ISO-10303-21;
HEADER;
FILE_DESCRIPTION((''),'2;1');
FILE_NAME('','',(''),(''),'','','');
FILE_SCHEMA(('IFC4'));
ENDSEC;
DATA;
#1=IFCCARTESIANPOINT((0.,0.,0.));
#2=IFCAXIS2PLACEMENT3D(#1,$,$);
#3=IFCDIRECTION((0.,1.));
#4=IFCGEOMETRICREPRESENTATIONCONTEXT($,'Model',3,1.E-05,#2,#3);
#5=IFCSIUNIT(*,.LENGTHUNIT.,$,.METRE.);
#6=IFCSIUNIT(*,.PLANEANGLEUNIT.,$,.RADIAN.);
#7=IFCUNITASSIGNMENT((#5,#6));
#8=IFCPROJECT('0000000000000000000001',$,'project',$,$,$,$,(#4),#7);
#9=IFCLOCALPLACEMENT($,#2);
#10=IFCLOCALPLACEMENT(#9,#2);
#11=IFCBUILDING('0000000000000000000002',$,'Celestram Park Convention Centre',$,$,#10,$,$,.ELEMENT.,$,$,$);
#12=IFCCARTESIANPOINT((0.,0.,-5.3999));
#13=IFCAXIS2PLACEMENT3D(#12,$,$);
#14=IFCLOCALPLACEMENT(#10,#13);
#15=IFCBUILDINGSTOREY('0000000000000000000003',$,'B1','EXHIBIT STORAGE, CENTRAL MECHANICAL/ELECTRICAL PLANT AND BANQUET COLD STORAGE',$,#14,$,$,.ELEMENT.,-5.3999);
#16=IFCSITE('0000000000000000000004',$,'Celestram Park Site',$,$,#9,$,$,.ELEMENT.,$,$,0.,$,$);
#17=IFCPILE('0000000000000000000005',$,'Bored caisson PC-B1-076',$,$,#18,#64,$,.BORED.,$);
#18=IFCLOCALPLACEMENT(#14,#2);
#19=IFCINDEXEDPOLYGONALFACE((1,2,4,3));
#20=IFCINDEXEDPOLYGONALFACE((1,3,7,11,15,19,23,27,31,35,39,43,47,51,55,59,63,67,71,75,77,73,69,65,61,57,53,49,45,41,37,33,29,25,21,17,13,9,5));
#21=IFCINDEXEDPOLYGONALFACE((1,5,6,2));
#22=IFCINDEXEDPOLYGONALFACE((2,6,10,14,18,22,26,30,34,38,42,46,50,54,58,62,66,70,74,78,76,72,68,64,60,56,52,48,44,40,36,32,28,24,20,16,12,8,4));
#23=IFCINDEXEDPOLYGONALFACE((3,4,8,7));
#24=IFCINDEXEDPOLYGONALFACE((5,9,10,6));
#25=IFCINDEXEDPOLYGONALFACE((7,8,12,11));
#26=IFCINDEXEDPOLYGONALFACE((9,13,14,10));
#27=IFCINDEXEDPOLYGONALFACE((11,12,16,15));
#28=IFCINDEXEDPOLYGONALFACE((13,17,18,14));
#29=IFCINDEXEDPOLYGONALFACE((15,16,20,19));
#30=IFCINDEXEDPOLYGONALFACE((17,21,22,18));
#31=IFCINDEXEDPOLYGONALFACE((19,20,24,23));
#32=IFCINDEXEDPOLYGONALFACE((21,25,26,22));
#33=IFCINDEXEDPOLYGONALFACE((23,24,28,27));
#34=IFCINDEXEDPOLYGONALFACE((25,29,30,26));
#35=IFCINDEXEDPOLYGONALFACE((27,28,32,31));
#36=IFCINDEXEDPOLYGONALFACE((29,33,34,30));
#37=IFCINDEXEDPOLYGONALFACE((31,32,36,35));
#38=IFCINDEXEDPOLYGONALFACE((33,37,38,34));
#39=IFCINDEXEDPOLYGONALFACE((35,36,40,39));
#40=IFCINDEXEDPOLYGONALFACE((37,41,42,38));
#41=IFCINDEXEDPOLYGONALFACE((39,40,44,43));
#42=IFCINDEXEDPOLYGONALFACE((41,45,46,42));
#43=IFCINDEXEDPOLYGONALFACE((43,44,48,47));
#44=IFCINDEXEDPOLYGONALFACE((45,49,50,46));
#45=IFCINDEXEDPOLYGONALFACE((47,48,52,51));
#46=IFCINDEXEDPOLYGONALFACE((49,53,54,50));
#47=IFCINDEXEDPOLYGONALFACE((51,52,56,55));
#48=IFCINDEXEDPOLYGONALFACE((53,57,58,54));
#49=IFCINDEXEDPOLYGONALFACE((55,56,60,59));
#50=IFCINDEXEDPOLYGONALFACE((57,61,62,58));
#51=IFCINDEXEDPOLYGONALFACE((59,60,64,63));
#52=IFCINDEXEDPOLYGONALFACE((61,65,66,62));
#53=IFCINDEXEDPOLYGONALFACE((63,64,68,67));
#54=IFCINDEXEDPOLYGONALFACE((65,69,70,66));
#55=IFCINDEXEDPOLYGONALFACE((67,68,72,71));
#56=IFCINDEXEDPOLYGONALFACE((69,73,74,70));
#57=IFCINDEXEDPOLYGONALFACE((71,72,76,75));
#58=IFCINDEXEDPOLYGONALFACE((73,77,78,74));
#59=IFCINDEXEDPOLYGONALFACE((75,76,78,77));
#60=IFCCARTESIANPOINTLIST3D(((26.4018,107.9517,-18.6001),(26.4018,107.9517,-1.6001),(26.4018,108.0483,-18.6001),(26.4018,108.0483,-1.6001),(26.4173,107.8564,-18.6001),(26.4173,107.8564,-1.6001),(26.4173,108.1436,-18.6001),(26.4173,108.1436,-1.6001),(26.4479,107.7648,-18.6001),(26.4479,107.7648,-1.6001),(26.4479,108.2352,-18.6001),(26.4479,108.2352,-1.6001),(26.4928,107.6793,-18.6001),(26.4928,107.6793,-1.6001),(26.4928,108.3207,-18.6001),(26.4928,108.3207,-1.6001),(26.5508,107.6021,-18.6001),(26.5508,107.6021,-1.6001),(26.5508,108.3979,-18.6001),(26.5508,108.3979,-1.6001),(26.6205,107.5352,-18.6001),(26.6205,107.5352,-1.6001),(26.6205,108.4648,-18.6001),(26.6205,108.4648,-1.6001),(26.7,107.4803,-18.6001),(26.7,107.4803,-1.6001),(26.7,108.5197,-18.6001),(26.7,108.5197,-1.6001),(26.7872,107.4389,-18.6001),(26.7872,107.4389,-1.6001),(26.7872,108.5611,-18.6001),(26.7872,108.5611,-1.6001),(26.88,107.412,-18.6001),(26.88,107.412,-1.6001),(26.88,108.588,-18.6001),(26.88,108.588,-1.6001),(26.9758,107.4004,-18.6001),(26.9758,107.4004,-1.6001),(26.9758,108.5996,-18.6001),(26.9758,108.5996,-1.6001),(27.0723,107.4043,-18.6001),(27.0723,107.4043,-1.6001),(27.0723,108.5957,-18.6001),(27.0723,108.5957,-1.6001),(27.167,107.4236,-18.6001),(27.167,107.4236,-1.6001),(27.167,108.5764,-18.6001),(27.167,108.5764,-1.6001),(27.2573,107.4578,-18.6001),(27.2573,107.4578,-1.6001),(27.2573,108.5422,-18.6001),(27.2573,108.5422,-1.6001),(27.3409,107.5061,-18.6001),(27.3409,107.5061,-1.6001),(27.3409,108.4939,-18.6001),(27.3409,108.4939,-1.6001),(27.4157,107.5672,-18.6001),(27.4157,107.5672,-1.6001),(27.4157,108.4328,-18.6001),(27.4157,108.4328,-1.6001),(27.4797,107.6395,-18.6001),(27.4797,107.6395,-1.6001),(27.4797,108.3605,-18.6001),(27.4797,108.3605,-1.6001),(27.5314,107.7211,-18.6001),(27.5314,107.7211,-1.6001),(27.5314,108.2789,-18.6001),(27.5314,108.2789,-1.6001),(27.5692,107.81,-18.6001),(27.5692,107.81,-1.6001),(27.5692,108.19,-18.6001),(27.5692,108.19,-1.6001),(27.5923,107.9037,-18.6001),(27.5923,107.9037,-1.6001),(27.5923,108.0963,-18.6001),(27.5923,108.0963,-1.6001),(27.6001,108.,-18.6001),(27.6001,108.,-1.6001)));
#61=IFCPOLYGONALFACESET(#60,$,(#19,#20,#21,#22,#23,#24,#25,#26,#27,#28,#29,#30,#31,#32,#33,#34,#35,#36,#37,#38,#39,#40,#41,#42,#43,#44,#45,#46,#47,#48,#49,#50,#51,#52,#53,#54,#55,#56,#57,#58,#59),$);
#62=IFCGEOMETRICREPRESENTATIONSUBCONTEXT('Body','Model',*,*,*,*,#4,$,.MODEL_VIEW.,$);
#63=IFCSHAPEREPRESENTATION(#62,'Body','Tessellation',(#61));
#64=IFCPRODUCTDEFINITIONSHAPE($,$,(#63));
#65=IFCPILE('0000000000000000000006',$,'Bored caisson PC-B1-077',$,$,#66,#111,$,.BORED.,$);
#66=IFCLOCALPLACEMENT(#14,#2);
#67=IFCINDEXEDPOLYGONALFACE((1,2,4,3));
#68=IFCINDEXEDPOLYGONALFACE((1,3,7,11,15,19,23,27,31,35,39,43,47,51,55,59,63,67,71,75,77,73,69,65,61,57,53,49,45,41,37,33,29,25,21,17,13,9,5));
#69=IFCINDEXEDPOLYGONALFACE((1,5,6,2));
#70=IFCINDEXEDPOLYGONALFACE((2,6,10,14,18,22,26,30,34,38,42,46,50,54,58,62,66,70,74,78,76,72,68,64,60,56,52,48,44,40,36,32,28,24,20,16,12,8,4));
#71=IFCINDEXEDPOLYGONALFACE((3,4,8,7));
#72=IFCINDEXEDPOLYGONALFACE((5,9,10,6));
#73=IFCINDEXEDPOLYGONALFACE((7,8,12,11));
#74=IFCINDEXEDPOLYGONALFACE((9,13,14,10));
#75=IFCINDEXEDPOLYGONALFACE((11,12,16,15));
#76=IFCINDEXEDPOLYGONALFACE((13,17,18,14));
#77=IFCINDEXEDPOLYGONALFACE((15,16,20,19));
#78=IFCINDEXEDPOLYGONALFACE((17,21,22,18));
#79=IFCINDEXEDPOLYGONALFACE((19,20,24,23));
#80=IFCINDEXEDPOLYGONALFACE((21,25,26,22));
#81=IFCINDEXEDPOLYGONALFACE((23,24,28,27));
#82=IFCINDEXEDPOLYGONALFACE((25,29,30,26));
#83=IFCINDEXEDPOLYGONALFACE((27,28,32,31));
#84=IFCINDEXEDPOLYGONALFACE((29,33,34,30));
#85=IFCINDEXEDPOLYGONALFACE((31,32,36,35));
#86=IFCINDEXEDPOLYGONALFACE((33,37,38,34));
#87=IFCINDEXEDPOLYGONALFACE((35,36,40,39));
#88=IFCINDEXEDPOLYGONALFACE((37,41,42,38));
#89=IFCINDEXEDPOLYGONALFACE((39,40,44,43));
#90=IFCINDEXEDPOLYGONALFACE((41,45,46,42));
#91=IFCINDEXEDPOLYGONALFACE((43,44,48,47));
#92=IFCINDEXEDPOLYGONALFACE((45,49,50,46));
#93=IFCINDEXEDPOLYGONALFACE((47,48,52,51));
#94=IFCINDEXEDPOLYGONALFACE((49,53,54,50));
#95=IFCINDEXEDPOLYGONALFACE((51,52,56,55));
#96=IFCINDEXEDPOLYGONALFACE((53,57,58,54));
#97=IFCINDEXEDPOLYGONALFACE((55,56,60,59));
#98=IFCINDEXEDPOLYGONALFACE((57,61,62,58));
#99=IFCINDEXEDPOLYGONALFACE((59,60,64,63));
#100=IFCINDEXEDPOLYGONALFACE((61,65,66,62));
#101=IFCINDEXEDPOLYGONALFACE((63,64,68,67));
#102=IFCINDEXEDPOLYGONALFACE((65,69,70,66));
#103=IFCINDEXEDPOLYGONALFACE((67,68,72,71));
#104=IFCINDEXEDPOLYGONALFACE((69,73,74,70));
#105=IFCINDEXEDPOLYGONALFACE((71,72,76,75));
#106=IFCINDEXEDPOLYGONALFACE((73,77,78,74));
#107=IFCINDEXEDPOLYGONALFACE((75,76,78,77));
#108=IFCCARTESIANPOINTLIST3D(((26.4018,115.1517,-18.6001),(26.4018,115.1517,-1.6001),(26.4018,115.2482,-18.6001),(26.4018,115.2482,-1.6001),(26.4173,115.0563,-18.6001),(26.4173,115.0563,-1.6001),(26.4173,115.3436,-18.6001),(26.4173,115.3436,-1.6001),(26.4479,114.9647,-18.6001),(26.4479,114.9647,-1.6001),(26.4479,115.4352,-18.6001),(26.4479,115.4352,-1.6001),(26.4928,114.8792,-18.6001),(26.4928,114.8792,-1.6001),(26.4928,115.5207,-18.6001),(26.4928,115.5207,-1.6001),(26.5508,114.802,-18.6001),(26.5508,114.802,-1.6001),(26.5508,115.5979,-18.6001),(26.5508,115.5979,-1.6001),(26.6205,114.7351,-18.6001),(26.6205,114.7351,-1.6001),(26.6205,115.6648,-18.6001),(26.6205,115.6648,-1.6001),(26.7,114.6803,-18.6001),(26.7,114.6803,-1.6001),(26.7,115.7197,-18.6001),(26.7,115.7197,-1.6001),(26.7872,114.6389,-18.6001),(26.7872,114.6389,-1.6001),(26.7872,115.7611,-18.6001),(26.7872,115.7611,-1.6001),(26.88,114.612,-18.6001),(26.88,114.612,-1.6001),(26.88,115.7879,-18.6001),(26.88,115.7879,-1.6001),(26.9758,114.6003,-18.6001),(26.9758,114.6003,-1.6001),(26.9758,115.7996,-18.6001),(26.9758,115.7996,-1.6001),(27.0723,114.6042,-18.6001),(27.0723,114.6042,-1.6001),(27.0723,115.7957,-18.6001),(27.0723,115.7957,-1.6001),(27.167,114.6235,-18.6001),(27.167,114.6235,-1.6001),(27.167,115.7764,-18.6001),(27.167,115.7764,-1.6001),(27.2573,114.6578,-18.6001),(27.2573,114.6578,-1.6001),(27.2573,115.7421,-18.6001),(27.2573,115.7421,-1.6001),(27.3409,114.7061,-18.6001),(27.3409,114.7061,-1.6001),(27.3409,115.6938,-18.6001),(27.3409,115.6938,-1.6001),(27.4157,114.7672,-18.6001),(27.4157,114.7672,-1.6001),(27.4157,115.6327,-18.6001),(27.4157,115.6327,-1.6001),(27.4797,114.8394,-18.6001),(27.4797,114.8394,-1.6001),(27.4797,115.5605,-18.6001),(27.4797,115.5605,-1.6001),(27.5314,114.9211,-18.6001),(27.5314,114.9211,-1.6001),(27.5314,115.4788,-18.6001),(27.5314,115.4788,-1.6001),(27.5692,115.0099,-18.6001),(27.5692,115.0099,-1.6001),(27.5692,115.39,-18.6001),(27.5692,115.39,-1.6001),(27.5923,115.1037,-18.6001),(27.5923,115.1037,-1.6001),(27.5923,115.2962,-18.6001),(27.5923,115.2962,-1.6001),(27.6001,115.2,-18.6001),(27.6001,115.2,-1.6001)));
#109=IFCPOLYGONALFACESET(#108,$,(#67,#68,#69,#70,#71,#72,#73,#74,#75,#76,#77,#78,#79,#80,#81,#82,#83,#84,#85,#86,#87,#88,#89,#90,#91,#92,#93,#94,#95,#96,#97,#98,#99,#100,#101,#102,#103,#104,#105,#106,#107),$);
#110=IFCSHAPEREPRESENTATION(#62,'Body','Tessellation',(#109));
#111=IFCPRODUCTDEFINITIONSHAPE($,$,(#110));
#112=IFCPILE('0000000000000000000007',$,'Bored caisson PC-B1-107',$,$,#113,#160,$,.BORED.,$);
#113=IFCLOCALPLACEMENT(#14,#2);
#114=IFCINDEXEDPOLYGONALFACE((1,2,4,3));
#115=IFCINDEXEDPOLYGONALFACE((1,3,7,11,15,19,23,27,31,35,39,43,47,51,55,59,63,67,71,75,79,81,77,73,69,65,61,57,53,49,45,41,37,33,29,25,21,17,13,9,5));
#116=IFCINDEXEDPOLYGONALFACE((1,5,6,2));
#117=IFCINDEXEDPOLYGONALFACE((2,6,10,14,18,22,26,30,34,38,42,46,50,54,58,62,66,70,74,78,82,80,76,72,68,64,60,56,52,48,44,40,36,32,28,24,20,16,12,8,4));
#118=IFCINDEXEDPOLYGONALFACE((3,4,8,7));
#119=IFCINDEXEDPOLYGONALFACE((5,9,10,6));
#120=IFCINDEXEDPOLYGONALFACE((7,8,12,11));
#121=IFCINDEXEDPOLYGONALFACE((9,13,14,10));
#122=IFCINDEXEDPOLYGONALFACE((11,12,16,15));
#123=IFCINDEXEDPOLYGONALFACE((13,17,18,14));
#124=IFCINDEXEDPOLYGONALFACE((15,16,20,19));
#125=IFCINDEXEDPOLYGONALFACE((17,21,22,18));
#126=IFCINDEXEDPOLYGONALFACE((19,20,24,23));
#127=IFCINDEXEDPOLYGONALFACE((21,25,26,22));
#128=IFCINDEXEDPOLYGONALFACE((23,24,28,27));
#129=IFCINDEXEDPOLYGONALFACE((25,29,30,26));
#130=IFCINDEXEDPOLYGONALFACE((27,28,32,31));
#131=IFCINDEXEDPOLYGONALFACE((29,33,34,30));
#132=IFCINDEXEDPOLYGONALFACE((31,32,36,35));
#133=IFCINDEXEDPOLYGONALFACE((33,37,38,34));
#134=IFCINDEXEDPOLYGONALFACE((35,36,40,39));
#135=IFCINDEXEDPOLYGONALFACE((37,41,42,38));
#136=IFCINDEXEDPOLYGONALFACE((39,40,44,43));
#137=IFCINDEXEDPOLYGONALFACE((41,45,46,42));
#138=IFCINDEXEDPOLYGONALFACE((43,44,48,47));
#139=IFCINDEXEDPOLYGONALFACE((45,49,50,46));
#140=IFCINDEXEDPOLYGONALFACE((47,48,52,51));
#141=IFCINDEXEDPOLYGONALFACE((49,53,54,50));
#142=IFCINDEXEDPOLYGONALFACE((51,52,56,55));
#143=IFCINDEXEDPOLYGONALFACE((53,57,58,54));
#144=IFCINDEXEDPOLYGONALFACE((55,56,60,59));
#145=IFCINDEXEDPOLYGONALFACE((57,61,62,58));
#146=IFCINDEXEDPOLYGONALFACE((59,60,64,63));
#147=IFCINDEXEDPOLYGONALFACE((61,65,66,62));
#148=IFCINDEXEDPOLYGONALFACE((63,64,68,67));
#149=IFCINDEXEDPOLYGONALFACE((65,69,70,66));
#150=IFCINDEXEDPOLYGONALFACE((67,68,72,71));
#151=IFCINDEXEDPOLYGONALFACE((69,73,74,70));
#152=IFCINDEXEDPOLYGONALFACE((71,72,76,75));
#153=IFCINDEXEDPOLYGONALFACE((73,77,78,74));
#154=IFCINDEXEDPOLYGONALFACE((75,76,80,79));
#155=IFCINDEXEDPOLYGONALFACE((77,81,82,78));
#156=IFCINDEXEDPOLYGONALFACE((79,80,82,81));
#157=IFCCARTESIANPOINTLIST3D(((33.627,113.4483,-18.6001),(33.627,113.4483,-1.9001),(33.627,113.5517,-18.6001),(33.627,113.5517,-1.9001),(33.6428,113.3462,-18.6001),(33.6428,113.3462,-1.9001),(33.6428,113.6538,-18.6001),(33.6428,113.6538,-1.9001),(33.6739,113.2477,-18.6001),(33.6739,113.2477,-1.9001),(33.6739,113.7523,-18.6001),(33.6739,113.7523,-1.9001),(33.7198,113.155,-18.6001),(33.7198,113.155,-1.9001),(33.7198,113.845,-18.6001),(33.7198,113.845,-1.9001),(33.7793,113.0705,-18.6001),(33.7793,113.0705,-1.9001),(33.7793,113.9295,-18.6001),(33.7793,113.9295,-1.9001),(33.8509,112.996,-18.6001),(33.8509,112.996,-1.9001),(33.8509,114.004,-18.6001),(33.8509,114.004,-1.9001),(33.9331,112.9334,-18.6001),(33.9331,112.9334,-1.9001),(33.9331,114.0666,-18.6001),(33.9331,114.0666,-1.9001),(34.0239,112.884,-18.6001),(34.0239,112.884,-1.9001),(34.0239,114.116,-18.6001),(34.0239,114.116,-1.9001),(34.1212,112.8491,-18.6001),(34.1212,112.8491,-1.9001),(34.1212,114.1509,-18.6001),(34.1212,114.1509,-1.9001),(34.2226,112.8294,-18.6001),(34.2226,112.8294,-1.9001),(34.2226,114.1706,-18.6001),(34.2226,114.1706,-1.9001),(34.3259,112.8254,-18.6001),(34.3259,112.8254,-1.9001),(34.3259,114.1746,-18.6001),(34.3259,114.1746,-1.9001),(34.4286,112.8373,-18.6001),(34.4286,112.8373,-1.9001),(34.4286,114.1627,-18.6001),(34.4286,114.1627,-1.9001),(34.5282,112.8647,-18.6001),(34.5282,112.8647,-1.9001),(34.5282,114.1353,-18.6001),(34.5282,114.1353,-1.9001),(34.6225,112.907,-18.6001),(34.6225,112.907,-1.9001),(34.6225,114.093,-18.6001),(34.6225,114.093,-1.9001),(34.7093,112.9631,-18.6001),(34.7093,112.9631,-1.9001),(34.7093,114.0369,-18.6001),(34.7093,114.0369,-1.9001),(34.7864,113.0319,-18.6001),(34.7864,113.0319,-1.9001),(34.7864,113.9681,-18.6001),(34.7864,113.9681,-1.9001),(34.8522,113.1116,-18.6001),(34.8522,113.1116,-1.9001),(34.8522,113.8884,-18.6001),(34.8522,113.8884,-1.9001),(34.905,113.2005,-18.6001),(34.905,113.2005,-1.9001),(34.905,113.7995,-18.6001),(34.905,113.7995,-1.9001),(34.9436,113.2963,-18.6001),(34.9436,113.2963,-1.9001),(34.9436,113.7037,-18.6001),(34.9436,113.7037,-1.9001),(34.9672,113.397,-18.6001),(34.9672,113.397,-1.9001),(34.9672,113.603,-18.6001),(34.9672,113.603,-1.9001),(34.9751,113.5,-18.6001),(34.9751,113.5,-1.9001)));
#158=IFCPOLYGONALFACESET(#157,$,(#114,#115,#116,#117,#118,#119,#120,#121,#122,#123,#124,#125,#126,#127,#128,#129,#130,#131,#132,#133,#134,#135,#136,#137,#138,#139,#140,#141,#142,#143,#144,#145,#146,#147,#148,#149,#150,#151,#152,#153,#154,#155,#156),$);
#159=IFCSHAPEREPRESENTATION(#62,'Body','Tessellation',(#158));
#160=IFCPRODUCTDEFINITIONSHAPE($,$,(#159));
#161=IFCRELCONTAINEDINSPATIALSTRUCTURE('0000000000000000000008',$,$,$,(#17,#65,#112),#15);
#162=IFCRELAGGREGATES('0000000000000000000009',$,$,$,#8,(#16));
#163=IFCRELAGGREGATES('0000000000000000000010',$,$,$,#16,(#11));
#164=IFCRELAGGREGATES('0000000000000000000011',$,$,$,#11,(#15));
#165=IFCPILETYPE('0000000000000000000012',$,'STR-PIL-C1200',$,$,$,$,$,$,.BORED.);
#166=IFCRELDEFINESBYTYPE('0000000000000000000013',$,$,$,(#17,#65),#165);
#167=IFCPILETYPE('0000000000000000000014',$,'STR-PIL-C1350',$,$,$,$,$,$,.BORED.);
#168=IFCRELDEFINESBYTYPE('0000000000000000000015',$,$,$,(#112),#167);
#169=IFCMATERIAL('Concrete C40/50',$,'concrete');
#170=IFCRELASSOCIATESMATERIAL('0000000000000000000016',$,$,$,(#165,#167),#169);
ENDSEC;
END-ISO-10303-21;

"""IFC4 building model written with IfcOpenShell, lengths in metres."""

from ifc_helpers import new_model, si_unit, direction, frame, origin, origin_2d, place, context, subcontext, project, spatial, circle, extrude, material, material_profile, profile_set, type_object, element, save


model = new_model("IFC4")

# Units and contexts
model_context = context("Model", 3, precision=1e-05, world=origin(), true_north=direction((0.0, 1.0)))
body_context = subcontext(model_context, "Body", "Model", "MODEL_VIEW")
ifc_project = project(units=[si_unit("LENGTHUNIT", "METRE"), si_unit("PLANEANGLEUNIT", "RADIAN")], contexts=[model_context])

# Site, building, storey
site_placement = place(None, origin())
site = spatial("IfcSite", under=ifc_project, at=site_placement, Name="Celestram Park Site", CompositionType="ELEMENT", RefElevation=0.0)
building_placement = place(site_placement, origin())
building = spatial("IfcBuilding", under=site, at=building_placement, Name="Celestram Park Convention Centre", CompositionType="ELEMENT")
storey_placement = place(building_placement, frame((0.0, 0.0, -5.3999)))
storey = spatial("IfcBuildingStorey", under=building, at=storey_placement, Name="B1", Description="EXHIBIT STORAGE, CENTRAL MECHANICAL/ELECTRICAL PLANT AND BANQUET COLD STORAGE", CompositionType="ELEMENT", Elevation=-5.3999)

# Shared definitions
ifc_material_1 = material(Name="Concrete C40/50", Category="concrete")

# Piles
ifc_material_profile_1 = material_profile(ifc_material_1, circle(Radius=0.6001, at=origin_2d()), Name="CAISSON1200")
ifc_profile_set_1 = profile_set([ifc_material_profile_1], Name="Concrete C40/50")
pile_type_1 = type_object("IfcPileType", Name="STR-PIL-C1200", PredefinedType="BORED", material=ifc_profile_set_1)
for number, where, z_axis, x_axis, name in (
    (1, (27.0, 108.0, -1.6001), (0.0, 0.0, -1.0), (1.0, 0.0, 0.0), "Bored caisson PC-B1-076"),
    (2, (27.0, 115.2, -1.6001), (0.0, 0.0, -1.0), (1.0, 0.0, 0.0), "Bored caisson PC-B1-077"),
):
    element("IfcPile", number, at=place(storey_placement, frame(where, z_axis=z_axis, x_axis=x_axis)), inside=storey, type_object=pile_type_1, Name=name, PredefinedType="BORED", context=body_context, shape_type="SweptSolid", body=[
        extrude(circle(Radius=0.6001, at=origin_2d()), origin(), (0.0, 0.0, 1.0), 17.0),
    ])
ifc_material_profile_2 = material_profile(ifc_material_1, circle(Radius=0.675, at=origin_2d()), Name="CAISSON1350")
ifc_profile_set_2 = profile_set([ifc_material_profile_2], Name="Concrete C40/50")
pile_type_2 = type_object("IfcPileType", Name="STR-PIL-C1350", PredefinedType="BORED", material=ifc_profile_set_2)
pile_placement = place(storey_placement, frame((34.3, 113.5, -1.9001), z_axis=(0.0, 0.0, -1.0), x_axis=(1.0, 0.0, 0.0)))
element("IfcPile", 3, at=pile_placement, inside=storey, type_object=pile_type_2, Name="Bored caisson PC-B1-107", PredefinedType="BORED", context=body_context, shape_type="SweptSolid", body=[
    extrude(circle(Radius=0.675, at=origin_2d()), origin(), (0.0, 0.0, 1.0), 16.7),
])

save(model, "model.ifc")
